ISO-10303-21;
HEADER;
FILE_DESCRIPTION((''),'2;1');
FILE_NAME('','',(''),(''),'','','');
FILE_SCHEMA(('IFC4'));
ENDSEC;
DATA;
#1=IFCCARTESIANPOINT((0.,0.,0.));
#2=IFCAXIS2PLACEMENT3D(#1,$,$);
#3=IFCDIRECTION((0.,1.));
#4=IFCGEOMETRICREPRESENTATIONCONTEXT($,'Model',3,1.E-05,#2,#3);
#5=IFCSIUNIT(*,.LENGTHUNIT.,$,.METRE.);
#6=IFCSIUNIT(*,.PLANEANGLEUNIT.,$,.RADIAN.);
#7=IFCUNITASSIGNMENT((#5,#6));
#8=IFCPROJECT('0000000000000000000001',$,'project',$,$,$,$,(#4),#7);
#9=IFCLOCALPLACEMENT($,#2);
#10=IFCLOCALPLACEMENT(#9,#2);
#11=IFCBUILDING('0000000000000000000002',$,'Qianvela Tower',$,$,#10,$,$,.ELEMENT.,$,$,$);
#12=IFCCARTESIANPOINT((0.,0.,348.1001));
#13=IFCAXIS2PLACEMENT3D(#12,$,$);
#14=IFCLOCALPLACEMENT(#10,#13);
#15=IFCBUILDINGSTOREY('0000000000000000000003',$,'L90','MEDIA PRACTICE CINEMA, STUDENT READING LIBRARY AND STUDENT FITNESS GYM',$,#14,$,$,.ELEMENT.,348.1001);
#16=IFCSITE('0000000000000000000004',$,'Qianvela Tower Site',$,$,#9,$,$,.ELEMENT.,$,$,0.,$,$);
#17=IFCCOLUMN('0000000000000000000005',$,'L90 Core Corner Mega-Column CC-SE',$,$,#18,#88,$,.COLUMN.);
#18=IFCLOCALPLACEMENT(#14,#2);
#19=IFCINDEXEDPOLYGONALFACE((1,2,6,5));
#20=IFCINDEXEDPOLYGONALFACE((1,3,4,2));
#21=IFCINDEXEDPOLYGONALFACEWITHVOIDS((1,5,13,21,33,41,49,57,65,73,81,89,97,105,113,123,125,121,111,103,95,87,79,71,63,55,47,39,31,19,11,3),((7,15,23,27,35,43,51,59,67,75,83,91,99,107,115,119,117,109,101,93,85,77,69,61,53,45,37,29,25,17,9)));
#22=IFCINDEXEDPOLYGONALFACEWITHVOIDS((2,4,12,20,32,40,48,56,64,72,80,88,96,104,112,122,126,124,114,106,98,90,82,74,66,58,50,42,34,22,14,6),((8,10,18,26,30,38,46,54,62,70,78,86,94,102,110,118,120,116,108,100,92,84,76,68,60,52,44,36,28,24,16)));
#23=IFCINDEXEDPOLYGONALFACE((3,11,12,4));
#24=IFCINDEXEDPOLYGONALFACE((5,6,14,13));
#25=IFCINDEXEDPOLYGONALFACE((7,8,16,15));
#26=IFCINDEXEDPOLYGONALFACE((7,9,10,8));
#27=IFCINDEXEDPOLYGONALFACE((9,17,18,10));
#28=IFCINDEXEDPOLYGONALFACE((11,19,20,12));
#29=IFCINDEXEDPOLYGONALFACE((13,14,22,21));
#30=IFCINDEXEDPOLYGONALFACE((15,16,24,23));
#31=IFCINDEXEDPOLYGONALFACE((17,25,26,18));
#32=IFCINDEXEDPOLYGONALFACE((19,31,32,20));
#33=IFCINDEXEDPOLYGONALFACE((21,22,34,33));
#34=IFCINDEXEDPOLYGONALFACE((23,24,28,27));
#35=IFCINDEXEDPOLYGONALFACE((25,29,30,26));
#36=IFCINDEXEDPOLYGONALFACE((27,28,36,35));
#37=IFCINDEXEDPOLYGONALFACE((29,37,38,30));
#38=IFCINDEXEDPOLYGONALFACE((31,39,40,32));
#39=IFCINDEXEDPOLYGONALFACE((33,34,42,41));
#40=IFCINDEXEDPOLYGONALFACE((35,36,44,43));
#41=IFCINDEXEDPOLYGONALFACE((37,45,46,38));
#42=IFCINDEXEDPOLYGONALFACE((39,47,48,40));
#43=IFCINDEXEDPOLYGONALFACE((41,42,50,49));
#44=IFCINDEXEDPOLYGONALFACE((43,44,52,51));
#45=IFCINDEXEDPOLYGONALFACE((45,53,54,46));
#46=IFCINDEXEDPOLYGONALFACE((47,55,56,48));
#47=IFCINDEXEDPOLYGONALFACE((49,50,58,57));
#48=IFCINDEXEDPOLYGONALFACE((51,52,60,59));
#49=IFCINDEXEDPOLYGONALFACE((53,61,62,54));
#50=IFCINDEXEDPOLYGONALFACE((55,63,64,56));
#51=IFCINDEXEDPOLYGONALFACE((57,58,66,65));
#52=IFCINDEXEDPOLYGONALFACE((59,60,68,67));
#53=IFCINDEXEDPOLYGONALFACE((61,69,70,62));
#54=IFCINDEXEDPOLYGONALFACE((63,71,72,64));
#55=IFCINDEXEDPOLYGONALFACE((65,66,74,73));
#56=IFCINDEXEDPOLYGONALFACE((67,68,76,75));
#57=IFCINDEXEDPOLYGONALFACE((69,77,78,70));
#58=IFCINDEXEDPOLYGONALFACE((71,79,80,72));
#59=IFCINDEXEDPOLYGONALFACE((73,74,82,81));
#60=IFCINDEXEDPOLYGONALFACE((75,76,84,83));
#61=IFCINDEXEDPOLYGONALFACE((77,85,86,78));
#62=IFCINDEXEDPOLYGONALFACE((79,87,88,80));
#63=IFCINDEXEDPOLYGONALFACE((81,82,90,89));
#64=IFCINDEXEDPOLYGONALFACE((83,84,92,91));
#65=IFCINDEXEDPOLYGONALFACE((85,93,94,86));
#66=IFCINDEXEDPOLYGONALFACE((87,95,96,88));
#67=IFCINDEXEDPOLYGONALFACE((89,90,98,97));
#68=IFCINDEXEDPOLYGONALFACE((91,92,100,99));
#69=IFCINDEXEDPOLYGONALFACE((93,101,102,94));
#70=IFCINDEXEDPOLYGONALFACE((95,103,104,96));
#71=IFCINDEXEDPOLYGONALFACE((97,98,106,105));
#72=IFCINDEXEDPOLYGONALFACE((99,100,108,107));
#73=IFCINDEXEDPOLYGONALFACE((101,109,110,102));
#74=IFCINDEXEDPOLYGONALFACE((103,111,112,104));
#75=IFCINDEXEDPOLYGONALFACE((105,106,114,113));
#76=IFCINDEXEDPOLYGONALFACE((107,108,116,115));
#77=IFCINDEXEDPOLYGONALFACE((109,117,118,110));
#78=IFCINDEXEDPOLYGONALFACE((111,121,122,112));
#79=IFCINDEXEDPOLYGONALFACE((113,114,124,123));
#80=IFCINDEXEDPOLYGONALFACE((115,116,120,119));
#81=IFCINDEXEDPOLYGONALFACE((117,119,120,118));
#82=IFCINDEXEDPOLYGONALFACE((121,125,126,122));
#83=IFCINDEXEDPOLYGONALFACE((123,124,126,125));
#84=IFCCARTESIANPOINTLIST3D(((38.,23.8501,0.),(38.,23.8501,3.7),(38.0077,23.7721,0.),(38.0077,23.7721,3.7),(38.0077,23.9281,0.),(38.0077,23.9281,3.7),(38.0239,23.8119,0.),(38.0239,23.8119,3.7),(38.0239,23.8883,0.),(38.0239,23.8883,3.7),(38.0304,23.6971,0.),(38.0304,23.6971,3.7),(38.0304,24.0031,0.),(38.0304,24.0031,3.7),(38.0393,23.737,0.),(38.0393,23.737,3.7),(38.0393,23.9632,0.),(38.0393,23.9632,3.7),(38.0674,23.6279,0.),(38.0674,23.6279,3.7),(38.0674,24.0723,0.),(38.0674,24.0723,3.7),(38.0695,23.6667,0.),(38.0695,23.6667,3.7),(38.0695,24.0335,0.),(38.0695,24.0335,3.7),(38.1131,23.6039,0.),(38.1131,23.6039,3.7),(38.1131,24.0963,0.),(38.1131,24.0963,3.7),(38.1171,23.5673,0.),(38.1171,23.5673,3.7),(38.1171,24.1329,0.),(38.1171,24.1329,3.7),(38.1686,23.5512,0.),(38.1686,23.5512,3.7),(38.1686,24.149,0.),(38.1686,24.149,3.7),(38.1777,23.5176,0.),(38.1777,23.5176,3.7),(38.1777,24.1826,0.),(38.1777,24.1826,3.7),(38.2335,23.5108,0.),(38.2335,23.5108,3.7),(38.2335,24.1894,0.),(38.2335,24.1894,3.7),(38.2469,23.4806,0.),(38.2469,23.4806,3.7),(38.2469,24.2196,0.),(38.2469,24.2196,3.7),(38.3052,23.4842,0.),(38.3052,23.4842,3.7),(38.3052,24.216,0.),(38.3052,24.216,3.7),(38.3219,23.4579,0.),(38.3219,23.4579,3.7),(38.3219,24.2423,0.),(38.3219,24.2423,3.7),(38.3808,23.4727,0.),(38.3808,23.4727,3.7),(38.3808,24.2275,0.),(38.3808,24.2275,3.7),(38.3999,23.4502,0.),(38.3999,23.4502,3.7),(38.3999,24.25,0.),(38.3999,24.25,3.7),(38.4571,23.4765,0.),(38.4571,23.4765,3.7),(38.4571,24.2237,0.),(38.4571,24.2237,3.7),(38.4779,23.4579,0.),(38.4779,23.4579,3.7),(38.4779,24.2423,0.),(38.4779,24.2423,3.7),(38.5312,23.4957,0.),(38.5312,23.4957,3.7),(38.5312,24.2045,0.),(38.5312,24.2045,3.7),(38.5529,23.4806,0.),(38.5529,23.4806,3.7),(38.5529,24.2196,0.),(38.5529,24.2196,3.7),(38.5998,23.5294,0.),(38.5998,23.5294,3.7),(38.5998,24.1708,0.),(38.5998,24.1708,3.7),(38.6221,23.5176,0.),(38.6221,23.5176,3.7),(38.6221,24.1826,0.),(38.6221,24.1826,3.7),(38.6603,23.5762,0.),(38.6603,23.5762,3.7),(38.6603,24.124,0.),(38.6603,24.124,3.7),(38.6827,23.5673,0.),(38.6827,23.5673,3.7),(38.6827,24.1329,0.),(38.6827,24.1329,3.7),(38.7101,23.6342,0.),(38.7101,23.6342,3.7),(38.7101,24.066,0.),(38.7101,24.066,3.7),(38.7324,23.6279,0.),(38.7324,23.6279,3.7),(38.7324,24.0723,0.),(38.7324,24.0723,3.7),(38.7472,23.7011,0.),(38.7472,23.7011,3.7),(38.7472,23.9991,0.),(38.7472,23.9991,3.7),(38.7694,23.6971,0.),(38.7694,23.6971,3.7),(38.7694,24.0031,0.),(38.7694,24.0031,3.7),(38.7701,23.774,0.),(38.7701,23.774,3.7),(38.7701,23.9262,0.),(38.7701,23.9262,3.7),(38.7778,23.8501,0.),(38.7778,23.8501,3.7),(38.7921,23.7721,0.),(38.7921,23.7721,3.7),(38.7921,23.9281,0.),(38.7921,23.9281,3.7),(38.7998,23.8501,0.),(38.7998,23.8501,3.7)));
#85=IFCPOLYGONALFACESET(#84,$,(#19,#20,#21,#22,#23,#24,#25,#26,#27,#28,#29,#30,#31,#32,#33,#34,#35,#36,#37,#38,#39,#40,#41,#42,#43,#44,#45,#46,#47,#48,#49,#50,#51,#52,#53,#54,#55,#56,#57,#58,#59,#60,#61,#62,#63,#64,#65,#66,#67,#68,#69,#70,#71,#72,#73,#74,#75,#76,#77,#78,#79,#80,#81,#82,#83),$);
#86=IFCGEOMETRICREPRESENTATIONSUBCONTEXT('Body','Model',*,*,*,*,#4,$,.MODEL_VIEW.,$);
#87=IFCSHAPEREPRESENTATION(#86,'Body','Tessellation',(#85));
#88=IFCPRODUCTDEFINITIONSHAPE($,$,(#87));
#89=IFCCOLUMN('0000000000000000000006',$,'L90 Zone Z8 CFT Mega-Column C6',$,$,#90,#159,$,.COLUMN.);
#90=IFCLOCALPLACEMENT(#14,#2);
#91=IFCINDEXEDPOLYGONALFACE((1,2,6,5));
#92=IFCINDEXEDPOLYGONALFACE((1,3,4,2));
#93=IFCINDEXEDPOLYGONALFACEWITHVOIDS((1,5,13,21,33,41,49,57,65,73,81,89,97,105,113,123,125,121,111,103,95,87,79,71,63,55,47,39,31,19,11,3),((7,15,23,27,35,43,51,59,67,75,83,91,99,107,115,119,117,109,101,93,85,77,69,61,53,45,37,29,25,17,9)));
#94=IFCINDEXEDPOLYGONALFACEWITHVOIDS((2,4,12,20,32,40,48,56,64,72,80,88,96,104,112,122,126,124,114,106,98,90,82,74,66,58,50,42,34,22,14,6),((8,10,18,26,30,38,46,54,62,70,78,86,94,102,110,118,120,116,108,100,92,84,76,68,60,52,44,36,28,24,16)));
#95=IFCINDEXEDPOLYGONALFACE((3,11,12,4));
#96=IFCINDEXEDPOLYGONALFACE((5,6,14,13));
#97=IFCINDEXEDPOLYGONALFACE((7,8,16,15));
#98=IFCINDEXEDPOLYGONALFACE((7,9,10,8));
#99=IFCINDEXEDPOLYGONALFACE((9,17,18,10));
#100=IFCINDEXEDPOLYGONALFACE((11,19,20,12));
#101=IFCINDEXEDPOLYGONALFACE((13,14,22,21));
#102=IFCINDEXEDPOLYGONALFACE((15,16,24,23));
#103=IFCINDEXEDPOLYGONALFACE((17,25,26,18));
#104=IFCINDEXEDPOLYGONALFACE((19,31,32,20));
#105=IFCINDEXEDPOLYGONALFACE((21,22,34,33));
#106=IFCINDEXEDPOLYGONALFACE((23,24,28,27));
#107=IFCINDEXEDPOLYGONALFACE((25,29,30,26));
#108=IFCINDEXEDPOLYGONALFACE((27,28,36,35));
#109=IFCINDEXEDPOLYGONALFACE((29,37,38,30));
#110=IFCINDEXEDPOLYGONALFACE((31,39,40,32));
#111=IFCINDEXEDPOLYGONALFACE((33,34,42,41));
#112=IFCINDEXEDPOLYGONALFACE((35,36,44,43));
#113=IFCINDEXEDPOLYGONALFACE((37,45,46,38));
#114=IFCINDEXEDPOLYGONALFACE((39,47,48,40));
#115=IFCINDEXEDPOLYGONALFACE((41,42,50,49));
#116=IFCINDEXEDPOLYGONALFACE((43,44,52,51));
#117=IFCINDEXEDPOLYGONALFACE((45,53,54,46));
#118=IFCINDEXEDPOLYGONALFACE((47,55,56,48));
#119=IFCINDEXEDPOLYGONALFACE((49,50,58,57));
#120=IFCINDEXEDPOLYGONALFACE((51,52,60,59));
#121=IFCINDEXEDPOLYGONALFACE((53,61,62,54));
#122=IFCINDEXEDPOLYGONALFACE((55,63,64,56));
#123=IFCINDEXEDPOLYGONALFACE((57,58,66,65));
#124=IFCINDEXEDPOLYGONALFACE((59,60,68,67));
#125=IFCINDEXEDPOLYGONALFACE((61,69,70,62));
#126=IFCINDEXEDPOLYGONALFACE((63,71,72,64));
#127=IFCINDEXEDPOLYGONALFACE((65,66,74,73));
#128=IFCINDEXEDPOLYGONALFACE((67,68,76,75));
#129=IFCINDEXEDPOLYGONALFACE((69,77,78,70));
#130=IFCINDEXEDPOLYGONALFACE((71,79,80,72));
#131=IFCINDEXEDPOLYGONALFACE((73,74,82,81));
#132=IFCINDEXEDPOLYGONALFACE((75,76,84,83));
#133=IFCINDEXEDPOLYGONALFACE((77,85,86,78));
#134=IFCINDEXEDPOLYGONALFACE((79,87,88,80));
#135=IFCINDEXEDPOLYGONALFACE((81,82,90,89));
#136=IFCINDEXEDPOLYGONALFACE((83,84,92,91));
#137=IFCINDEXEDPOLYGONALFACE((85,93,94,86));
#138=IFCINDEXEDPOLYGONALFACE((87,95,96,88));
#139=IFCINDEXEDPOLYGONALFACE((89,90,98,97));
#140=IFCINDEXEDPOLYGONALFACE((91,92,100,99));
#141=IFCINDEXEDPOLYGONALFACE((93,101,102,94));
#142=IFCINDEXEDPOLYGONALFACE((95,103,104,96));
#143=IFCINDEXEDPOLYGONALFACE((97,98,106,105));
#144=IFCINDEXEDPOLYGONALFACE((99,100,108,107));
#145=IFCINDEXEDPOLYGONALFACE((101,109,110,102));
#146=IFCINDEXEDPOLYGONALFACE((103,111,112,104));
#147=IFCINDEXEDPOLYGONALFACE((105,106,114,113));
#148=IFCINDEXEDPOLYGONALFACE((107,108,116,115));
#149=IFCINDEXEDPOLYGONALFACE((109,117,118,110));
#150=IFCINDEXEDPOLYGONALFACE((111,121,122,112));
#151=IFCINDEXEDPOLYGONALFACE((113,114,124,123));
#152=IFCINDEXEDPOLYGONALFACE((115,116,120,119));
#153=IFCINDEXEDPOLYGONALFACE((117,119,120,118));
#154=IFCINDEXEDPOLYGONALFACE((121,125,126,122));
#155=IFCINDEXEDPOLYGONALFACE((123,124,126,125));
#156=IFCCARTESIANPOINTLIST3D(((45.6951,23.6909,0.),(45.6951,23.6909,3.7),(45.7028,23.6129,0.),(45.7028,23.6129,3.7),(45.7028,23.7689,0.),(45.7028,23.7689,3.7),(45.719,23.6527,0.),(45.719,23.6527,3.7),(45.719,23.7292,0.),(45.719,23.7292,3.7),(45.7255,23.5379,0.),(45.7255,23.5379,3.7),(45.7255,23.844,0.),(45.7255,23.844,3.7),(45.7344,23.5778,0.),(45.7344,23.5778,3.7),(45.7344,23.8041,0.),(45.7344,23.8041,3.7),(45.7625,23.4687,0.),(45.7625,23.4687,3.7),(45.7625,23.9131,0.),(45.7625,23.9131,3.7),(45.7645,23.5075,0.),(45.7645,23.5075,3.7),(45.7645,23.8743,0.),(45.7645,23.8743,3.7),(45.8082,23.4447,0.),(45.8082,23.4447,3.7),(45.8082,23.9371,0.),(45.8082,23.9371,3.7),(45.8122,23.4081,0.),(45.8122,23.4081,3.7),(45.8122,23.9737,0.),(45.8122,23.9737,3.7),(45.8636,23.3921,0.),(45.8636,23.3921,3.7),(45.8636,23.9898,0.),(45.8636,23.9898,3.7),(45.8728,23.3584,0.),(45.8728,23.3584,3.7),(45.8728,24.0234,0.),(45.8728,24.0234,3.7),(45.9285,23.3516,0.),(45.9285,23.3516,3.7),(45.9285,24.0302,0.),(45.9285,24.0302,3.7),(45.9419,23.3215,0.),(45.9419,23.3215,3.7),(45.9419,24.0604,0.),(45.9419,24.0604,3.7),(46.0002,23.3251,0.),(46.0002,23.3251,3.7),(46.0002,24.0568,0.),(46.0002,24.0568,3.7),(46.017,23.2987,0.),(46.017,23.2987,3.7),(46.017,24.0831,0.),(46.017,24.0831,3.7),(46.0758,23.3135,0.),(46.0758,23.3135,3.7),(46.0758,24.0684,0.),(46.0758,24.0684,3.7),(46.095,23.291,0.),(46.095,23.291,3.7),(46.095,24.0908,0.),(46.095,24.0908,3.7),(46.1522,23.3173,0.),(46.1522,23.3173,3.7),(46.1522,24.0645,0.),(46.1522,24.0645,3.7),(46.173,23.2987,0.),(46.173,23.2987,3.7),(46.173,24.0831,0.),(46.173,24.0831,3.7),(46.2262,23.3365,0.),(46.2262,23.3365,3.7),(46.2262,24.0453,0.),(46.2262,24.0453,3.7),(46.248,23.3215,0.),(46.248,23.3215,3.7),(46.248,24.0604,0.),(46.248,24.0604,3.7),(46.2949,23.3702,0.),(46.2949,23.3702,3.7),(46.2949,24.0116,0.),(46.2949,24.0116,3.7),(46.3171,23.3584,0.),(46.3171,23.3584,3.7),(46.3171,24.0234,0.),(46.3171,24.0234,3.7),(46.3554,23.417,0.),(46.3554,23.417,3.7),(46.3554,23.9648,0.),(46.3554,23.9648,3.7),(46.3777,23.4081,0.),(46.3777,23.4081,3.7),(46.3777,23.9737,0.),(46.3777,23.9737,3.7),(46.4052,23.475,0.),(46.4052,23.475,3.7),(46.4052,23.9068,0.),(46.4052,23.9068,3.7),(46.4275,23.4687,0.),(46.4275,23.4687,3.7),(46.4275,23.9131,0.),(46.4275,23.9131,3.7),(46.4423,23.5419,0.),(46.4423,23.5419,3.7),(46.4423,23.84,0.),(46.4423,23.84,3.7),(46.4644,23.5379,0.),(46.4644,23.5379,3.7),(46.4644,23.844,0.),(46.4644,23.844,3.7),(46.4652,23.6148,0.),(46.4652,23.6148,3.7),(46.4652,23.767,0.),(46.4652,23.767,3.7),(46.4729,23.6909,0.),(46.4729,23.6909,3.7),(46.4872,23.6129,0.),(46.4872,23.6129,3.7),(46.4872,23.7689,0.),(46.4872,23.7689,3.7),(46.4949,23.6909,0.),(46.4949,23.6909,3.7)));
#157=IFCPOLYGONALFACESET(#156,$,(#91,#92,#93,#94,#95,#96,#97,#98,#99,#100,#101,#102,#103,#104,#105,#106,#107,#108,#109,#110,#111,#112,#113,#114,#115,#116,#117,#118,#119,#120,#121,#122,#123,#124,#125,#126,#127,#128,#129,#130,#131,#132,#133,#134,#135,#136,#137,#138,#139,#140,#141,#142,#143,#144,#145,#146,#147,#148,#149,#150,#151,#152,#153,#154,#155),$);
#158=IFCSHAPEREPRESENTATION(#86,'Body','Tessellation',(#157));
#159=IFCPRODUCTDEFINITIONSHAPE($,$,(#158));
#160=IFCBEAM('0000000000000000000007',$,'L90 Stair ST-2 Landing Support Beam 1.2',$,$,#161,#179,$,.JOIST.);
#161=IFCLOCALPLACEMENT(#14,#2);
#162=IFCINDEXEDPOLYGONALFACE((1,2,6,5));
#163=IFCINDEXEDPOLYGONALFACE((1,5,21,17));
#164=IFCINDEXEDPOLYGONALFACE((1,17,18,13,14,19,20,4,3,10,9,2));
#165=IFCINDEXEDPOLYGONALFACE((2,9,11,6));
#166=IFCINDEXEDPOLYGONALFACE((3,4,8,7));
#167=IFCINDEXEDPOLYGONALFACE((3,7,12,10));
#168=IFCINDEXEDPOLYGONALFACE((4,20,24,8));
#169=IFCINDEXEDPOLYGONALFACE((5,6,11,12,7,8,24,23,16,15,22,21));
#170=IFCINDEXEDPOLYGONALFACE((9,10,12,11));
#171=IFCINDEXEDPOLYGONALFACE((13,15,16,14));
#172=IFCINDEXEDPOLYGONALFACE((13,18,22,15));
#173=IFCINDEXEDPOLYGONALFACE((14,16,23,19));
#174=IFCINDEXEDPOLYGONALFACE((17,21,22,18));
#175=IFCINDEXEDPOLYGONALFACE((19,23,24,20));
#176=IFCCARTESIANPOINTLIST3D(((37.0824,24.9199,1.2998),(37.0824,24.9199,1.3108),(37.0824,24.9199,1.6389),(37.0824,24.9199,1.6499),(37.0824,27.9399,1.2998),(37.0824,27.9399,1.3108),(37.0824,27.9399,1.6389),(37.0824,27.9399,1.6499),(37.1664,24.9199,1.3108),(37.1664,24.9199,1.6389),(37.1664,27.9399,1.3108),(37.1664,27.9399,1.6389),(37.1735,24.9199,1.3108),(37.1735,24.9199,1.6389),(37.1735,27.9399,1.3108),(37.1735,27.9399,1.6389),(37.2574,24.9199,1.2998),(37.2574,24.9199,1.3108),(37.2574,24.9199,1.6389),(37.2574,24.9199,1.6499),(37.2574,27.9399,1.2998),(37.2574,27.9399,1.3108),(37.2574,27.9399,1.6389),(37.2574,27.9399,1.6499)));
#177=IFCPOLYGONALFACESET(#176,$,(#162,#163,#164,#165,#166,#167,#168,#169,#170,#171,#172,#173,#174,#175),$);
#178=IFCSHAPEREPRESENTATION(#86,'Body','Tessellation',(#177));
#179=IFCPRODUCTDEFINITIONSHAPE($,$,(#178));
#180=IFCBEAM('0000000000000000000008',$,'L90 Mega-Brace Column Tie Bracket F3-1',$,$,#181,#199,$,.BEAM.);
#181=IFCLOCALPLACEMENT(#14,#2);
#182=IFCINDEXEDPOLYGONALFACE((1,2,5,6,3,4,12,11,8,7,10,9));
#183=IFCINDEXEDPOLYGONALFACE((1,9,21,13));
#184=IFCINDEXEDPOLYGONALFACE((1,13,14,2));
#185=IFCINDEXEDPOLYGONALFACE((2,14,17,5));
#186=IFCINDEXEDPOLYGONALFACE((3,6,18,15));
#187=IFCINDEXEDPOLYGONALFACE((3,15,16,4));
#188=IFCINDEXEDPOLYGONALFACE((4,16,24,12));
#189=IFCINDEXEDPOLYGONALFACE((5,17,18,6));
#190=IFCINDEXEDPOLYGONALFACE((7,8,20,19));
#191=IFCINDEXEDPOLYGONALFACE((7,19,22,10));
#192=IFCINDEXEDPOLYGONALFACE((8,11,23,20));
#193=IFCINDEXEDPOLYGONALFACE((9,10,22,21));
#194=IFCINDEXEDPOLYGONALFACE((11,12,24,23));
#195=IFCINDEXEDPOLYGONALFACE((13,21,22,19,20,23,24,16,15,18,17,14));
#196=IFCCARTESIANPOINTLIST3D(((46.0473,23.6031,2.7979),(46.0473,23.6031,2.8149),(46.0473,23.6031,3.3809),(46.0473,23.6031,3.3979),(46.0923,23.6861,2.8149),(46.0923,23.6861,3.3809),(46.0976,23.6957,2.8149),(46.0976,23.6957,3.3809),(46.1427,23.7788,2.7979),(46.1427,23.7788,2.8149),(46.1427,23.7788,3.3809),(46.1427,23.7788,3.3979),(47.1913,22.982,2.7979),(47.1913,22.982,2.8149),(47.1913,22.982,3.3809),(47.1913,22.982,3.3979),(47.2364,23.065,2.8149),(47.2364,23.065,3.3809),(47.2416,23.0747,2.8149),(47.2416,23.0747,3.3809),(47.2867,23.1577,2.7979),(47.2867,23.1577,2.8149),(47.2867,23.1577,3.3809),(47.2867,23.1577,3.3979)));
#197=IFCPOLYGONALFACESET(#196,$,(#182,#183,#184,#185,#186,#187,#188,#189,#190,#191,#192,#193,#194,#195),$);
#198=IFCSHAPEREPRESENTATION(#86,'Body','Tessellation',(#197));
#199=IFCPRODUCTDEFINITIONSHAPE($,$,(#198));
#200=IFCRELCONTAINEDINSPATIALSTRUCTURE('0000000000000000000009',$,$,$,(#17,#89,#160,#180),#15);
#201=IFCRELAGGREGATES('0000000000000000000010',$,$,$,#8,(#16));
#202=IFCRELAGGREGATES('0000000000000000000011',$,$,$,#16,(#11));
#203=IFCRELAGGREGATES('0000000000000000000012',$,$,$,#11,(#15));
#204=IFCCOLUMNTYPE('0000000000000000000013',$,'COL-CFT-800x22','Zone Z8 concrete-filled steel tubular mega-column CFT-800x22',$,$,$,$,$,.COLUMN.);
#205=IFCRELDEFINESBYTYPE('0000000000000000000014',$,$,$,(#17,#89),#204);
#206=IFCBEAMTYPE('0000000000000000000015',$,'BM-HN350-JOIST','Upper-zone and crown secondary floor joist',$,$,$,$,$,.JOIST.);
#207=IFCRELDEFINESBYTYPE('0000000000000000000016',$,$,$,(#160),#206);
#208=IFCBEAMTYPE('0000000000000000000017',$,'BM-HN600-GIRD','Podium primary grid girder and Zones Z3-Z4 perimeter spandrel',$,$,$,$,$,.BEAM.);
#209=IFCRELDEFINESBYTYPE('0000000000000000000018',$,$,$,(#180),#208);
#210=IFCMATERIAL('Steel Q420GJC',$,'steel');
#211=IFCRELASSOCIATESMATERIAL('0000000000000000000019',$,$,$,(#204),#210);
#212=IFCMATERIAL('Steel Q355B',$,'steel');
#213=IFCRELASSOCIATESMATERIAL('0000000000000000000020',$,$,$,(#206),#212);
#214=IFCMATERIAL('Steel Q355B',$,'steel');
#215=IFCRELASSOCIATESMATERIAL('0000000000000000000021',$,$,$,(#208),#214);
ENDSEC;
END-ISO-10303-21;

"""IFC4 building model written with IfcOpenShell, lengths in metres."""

from ifc_helpers import new_model, si_unit, direction, frame, origin, origin_2d, place, context, subcontext, project, spatial, hollow_circle, i_section, extrude, material, material_profile, profile_set, type_object, element, save


model = new_model("IFC4")

# Units and contexts
model_context = context("Model", 3, precision=1e-05, world=origin(), true_north=direction((0.0, 1.0)))
body_context = subcontext(model_context, "Body", "Model", "MODEL_VIEW")
ifc_project = project(units=[si_unit("LENGTHUNIT", "METRE"), si_unit("PLANEANGLEUNIT", "RADIAN")], contexts=[model_context])

# Site, building, storey
site_placement = place(None, origin())
site = spatial("IfcSite", under=ifc_project, at=site_placement, Name="Qianvela Tower Site", CompositionType="ELEMENT", RefElevation=0.0)
building_placement = place(site_placement, origin())
building = spatial("IfcBuilding", under=site, at=building_placement, Name="Qianvela Tower", CompositionType="ELEMENT")
storey_placement = place(building_placement, frame((0.0, 0.0, 348.1001)))
storey = spatial("IfcBuildingStorey", under=building, at=storey_placement, Name="L90", Description="MEDIA PRACTICE CINEMA, STUDENT READING LIBRARY AND STUDENT FITNESS GYM", CompositionType="ELEMENT", Elevation=348.1001)

# Columns
ifc_material_1 = material(Name="Steel Q420GJC", Category="steel")
ifc_material_profile_1 = material_profile(ifc_material_1, hollow_circle(Radius=0.3999, WallThickness=0.022, at=origin_2d()), Name="CFT-800x22")
ifc_profile_set_1 = profile_set([ifc_material_profile_1], Name="Steel Q420GJC")
column_type = type_object("IfcColumnType", Name="COL-CFT-800x22", Description="Zone Z8 concrete-filled steel tubular mega-column CFT-800x22", PredefinedType="COLUMN", material=ifc_profile_set_1)
for number, where, z_axis, x_axis, name in (
    (1, (38.3999, 23.8501, 0.0), (0.0, 0.0, 1.0), (1.0, 0.0, 0.0), "L90 Core Corner Mega-Column CC-SE"),
    (2, (46.095, 23.6909, 0.0), (0.0, 0.0, 1.0), (1.0, 0.0, 0.0), "L90 Zone Z8 CFT Mega-Column C6"),
):
    element("IfcColumn", number, at=place(storey_placement, frame(where, z_axis=z_axis, x_axis=x_axis)), inside=storey, type_object=column_type, Name=name, PredefinedType="COLUMN", context=body_context, shape_type="SweptSolid", body=[
        extrude(hollow_circle(Radius=0.3999, WallThickness=0.022, at=origin_2d()), origin(), (0.0, 0.0, 1.0), 3.7),
    ])

# Beams
ifc_material_2 = material(Name="Steel Q355B", Category="steel")
ifc_material_profile_2 = material_profile(ifc_material_2, i_section(OverallWidth=0.175, OverallDepth=0.3501, WebThickness=0.0071, FlangeThickness=0.011, at=origin_2d()), Name="HN350x175x7x11")
ifc_profile_set_2 = profile_set([ifc_material_profile_2], Name="Steel Q355B")
beam_type_1 = type_object("IfcBeamType", Name="BM-HN350-JOIST", Description="Upper-zone and crown secondary floor joist", PredefinedType="JOIST", material=ifc_profile_set_2)
beam_1_placement = place(storey_placement, frame((37.1699, 24.9199, 1.4749), z_axis=(0.0, 1.0, 0.0), x_axis=(-1.0, 0.0, 0.0)))
element("IfcBeam", 3, at=beam_1_placement, inside=storey, type_object=beam_type_1, Name="L90 Stair ST-2 Landing Support Beam 1.2", PredefinedType="JOIST", context=body_context, shape_type="SweptSolid", body=[
    extrude(i_section(OverallWidth=0.175, OverallDepth=0.3501, WebThickness=0.0071, FlangeThickness=0.011, at=origin_2d()), origin(), (0.0, 0.0, 1.0), 3.02),
])
ifc_material_3 = material(Name="Steel Q355B", Category="steel")
ifc_material_profile_3 = material_profile(ifc_material_3, i_section(OverallWidth=0.2, OverallDepth=0.6001, WebThickness=0.011, FlangeThickness=0.0171, at=origin_2d()), Name="HN600x200x11x17")
ifc_profile_set_3 = profile_set([ifc_material_profile_3], Name="Steel Q355B")
beam_type_2 = type_object("IfcBeamType", Name="BM-HN600-GIRD", Description="Podium primary grid girder and Zones Z3-Z4 perimeter spandrel", PredefinedType="BEAM", material=ifc_profile_set_3)
beam_2_placement = place(storey_placement, frame((46.095, 23.6909, 3.0979), z_axis=(0.87884, -0.477117, 0.0), x_axis=(0.477117, 0.87884, 0.0)))
element("IfcBeam", 4, at=beam_2_placement, inside=storey, type_object=beam_type_2, Name="L90 Mega-Brace Column Tie Bracket F3-1", PredefinedType="BEAM", context=body_context, shape_type="SweptSolid", body=[
    extrude(i_section(OverallWidth=0.2, OverallDepth=0.6001, WebThickness=0.011, FlangeThickness=0.0171, at=origin_2d()), origin(), (0.0, 0.0, 1.0), 1.3018),
])

save(model, "model.ifc")
